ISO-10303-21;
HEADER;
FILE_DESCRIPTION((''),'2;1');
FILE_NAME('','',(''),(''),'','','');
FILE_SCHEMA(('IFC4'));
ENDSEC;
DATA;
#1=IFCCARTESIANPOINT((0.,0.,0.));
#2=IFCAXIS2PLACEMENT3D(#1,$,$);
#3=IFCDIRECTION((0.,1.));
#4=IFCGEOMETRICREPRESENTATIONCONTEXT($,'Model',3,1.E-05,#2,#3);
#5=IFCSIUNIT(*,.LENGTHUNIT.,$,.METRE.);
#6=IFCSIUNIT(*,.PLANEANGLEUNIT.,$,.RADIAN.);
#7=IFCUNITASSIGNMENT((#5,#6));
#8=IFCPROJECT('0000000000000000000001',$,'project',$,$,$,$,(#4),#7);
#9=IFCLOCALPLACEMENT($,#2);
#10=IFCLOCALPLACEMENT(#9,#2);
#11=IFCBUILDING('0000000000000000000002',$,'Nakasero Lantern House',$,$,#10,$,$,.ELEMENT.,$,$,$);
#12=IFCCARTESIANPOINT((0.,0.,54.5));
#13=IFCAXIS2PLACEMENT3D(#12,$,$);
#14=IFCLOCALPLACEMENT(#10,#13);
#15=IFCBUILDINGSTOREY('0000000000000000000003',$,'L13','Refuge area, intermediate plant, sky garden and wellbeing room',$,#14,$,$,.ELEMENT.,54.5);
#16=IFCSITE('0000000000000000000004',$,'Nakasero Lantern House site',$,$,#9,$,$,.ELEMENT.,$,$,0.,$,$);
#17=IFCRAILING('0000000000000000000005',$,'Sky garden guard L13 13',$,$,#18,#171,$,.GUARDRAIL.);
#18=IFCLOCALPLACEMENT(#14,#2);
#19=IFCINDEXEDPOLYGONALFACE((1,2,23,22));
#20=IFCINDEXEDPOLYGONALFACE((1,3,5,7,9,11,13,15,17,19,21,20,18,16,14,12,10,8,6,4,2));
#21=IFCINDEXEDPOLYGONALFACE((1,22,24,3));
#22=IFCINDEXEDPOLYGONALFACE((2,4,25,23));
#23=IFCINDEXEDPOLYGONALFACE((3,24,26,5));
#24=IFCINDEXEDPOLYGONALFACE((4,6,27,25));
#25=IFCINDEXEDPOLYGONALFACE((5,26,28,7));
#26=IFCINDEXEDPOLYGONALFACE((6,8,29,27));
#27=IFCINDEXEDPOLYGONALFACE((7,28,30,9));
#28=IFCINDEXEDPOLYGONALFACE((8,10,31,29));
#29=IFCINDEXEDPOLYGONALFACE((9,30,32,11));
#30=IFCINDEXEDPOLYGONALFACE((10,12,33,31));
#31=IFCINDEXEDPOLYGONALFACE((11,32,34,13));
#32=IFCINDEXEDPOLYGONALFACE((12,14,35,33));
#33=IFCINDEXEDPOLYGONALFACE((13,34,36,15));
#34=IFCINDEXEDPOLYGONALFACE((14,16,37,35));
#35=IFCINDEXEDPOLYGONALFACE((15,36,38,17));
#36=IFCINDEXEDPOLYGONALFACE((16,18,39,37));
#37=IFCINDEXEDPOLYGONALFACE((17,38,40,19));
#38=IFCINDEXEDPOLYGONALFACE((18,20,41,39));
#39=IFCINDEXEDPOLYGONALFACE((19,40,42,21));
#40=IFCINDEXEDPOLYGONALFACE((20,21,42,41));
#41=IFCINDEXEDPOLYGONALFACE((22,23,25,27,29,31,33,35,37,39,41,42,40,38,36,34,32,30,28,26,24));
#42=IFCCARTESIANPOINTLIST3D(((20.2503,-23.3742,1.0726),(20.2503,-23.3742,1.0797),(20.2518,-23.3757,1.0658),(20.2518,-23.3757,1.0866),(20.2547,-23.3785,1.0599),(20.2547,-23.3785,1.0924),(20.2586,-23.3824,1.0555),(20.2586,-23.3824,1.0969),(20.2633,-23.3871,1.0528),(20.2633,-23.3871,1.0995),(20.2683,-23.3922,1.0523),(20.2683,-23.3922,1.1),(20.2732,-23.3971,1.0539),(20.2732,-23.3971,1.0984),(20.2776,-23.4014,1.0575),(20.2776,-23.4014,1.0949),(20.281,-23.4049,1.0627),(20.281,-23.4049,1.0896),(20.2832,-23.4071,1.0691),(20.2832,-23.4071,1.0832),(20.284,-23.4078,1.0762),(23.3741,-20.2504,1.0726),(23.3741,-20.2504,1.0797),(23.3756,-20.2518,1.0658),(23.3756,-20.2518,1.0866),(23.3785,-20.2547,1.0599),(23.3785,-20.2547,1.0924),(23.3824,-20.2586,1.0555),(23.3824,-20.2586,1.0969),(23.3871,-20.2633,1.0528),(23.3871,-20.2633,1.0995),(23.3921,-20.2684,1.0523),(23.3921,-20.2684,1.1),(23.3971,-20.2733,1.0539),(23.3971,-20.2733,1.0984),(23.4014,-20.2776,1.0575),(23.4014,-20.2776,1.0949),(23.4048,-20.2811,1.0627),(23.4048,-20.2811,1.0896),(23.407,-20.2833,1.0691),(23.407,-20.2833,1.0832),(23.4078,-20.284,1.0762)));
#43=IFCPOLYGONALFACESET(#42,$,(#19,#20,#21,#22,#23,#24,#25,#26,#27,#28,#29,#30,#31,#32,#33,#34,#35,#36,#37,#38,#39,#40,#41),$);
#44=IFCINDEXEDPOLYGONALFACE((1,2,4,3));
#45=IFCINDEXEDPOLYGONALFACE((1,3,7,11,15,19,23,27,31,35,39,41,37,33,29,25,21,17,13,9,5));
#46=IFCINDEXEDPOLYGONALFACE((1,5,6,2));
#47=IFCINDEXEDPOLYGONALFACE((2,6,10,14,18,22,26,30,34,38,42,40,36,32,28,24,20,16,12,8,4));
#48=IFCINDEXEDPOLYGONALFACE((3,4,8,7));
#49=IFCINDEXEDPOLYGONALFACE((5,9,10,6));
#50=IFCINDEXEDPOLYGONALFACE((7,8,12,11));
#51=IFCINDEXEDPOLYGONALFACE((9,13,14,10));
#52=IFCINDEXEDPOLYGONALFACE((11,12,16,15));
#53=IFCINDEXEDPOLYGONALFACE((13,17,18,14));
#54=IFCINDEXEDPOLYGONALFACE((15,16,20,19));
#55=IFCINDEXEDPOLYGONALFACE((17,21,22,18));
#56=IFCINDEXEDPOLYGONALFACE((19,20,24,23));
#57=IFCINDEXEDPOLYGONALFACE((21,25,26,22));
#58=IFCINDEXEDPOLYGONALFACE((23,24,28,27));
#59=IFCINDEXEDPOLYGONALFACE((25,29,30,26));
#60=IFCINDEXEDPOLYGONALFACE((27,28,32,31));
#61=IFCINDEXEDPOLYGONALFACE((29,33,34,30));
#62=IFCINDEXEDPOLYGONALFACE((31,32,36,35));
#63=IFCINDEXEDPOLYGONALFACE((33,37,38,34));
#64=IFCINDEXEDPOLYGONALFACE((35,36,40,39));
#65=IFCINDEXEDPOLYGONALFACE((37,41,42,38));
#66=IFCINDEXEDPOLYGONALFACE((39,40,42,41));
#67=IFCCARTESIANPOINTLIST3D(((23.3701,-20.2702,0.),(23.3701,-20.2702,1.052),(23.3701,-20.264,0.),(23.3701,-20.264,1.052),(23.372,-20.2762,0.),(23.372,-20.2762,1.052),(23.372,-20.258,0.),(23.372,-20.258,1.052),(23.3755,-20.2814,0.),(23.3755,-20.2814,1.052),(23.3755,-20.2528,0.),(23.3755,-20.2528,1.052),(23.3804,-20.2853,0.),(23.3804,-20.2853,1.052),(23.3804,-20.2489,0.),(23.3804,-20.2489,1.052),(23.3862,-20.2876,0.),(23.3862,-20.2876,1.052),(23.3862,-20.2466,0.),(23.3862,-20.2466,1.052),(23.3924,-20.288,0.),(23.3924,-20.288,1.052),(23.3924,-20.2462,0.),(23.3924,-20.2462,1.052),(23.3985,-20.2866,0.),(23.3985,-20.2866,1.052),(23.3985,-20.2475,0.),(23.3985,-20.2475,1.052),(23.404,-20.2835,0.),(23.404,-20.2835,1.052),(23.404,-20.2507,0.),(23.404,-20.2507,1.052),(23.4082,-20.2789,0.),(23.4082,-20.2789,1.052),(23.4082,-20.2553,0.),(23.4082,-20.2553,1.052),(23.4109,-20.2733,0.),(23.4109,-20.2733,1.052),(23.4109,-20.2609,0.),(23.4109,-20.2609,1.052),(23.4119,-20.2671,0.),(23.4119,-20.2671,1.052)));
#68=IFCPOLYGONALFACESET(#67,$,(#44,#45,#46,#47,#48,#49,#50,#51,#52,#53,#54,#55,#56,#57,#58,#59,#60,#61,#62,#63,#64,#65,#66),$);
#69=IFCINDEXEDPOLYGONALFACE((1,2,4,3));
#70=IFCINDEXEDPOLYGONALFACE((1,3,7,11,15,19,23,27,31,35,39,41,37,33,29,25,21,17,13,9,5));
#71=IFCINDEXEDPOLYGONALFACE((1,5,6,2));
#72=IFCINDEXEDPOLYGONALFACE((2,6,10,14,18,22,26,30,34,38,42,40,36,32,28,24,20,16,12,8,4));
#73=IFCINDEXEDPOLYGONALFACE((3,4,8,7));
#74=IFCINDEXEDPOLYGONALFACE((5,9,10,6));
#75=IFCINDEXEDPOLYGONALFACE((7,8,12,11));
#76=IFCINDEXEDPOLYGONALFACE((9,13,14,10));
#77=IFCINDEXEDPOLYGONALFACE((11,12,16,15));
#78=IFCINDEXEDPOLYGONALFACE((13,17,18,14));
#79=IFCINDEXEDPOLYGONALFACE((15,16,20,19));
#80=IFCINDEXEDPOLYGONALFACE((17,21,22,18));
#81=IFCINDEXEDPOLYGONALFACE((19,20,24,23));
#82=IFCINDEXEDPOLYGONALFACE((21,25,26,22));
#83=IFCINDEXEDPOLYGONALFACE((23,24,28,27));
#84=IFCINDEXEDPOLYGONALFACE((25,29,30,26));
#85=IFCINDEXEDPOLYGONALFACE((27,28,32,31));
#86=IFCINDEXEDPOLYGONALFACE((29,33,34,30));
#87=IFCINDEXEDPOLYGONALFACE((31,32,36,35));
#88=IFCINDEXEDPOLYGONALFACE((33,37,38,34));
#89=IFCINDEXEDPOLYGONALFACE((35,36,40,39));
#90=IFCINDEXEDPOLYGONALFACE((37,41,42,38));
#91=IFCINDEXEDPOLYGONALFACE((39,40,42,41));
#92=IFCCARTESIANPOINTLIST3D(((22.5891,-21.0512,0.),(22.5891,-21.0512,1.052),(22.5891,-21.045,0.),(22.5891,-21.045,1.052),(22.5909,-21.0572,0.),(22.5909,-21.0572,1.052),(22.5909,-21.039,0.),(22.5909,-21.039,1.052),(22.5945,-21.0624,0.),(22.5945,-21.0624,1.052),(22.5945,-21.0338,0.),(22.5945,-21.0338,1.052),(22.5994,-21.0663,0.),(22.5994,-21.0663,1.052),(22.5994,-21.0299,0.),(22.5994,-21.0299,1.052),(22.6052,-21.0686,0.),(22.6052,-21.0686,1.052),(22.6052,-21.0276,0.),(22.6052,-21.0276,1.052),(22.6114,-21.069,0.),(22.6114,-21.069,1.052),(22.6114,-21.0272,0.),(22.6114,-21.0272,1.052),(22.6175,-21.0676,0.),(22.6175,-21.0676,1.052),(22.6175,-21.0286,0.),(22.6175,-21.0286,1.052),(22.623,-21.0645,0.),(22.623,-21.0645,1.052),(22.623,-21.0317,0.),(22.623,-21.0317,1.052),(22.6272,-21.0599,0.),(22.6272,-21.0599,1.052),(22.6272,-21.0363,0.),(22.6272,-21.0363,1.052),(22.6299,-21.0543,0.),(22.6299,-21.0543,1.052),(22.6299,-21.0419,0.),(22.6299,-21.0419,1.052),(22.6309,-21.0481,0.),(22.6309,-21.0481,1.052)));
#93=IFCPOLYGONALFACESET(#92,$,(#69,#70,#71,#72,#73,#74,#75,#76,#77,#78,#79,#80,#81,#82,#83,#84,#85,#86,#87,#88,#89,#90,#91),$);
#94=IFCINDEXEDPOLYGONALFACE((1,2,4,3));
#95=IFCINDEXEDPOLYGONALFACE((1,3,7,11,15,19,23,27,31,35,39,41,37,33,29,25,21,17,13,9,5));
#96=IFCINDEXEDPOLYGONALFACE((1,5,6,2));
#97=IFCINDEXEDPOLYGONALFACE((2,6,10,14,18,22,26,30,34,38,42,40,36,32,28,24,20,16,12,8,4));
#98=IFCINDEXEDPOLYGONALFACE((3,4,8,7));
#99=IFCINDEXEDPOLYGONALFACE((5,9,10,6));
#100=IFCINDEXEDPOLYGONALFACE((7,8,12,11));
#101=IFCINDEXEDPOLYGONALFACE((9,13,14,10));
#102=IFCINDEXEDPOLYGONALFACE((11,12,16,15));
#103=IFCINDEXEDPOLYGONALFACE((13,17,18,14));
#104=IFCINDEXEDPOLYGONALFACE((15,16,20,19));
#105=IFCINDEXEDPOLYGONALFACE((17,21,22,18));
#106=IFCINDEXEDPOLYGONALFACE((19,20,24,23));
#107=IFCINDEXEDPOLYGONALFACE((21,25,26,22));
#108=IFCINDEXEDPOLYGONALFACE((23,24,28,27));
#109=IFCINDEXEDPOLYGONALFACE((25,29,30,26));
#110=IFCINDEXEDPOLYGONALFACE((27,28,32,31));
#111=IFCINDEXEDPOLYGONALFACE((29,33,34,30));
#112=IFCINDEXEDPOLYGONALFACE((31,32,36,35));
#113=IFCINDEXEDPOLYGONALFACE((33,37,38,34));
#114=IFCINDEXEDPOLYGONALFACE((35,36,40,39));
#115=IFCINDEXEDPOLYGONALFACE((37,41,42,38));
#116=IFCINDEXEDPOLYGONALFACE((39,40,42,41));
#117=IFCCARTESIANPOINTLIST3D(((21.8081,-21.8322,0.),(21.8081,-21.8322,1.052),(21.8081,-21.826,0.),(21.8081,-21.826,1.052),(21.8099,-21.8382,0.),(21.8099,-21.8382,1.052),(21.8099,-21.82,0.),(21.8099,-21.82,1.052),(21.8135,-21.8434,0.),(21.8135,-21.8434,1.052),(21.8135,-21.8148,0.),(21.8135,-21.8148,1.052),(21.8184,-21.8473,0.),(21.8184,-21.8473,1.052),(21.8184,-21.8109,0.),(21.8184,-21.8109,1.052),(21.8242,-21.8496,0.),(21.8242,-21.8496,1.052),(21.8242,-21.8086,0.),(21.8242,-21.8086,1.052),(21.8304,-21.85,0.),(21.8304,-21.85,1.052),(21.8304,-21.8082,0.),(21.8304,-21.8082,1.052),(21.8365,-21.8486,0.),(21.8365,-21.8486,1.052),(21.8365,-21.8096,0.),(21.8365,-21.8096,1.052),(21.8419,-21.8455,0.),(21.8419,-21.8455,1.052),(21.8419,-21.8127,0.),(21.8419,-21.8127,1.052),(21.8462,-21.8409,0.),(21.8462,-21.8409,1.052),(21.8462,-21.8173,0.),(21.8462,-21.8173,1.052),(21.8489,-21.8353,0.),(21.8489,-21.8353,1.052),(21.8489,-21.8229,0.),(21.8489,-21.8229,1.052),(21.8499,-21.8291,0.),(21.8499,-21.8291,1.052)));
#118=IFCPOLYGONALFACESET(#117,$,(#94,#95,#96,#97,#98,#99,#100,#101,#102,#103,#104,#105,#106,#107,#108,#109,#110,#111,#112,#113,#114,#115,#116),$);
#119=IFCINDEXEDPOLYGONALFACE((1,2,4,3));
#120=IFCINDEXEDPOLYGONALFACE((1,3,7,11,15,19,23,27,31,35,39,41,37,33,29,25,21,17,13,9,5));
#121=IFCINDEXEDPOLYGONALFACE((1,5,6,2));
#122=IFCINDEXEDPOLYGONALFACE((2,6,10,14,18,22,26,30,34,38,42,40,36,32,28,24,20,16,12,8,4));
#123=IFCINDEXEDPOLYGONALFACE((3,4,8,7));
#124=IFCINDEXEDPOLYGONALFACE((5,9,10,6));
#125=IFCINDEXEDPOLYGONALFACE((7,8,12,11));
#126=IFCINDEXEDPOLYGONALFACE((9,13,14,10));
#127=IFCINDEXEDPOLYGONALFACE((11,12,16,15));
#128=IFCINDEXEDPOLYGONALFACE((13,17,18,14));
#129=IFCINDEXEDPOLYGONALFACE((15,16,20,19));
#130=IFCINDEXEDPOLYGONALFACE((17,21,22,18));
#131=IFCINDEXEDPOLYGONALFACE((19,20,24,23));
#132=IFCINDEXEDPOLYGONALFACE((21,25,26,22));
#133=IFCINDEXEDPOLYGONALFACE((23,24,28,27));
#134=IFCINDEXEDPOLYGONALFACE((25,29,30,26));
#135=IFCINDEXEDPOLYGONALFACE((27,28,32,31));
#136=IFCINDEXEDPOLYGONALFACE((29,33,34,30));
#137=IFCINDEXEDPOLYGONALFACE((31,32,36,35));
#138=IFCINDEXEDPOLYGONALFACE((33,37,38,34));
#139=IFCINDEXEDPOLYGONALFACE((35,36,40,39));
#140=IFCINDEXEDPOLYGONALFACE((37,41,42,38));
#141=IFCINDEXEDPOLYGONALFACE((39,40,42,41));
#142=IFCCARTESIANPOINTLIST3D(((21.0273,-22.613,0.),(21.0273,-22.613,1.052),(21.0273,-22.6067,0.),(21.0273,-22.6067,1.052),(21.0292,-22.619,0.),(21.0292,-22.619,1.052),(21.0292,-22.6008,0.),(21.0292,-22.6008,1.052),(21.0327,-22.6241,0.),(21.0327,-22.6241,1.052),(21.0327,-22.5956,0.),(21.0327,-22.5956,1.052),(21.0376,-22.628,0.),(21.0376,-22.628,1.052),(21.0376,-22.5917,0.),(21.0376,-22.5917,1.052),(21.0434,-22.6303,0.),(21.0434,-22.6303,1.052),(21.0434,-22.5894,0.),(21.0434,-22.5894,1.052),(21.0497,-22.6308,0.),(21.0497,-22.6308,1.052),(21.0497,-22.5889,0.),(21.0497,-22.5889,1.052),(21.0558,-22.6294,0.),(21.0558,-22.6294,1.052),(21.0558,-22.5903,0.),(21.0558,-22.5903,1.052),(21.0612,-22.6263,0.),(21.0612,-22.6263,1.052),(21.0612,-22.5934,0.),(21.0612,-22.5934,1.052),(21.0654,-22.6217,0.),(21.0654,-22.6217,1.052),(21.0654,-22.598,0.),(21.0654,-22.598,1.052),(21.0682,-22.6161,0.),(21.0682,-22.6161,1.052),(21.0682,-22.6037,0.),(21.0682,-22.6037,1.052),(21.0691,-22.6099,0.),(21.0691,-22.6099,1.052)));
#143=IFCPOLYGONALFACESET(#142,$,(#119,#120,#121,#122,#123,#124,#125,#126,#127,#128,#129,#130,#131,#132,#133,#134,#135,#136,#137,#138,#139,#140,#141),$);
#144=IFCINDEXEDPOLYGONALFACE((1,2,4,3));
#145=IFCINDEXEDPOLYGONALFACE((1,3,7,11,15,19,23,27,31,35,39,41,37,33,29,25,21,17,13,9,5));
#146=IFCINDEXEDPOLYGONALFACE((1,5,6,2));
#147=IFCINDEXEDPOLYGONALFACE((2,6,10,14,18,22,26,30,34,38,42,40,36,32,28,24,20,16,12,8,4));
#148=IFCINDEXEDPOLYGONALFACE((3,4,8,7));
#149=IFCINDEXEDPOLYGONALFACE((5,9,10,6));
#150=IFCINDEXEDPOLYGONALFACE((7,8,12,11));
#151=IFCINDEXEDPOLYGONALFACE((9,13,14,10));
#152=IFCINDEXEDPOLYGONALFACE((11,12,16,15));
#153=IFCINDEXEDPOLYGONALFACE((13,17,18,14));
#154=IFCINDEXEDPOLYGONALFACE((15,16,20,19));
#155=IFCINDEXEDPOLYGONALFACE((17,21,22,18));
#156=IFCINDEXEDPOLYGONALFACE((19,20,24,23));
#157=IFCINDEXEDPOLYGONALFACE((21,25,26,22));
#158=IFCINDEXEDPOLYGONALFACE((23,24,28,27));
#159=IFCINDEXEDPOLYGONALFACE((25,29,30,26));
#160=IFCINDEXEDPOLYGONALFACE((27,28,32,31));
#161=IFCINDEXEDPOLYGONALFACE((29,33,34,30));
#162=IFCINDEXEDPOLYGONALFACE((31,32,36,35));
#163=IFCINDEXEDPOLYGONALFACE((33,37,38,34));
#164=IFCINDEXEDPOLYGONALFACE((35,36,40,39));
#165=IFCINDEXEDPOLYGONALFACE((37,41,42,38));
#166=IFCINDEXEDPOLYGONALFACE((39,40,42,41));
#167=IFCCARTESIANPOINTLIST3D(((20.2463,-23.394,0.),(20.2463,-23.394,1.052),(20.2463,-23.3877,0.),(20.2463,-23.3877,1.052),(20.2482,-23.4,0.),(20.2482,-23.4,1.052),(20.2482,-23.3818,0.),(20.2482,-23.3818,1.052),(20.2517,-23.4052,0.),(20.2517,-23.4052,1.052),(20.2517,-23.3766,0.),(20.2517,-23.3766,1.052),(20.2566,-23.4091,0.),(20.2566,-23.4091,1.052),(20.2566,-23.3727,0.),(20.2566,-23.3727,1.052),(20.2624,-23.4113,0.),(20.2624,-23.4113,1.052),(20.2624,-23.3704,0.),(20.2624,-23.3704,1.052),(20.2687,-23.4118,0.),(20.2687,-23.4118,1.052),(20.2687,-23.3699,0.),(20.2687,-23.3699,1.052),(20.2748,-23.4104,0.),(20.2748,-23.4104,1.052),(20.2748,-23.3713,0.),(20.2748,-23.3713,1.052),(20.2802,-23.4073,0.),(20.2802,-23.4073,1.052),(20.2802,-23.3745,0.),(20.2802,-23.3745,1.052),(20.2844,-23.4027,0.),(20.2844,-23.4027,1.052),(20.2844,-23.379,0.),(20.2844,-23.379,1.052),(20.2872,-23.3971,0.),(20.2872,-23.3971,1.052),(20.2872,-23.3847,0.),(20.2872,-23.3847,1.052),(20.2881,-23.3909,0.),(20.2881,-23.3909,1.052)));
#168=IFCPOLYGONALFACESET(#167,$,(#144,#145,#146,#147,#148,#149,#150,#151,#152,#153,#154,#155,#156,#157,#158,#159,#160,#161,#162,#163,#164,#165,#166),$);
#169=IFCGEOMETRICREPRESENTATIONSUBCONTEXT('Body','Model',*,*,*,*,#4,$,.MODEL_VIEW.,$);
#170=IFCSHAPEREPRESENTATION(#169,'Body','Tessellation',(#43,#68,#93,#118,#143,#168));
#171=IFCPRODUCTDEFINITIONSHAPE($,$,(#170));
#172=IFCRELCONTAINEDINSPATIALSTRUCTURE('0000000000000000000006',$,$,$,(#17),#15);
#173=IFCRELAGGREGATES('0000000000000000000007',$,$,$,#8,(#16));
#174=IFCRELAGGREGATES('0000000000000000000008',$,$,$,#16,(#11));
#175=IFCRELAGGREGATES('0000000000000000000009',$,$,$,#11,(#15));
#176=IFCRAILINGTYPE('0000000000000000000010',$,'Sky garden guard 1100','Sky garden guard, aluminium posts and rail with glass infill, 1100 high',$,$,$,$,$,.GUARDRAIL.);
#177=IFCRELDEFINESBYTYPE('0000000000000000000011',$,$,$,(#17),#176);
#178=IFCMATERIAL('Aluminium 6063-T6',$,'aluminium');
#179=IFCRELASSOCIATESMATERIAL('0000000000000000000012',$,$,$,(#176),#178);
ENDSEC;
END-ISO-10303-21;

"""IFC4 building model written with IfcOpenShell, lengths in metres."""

from ifc_helpers import new_model, si_unit, direction, frame, origin, origin_2d, place, context, subcontext, project, spatial, circle, extrude, material, type_object, element, save


model = new_model("IFC4")

# Units and contexts
model_context = context("Model", 3, precision=1e-05, world=origin(), true_north=direction((0.0, 1.0)))
body_context = subcontext(model_context, "Body", "Model", "MODEL_VIEW")
ifc_project = project(units=[si_unit("LENGTHUNIT", "METRE"), si_unit("PLANEANGLEUNIT", "RADIAN")], contexts=[model_context])

# Site, building, storey
site_placement = place(None, origin())
site = spatial("IfcSite", under=ifc_project, at=site_placement, Name="Nakasero Lantern House site", CompositionType="ELEMENT", RefElevation=0.0)
building_placement = place(site_placement, origin())
building = spatial("IfcBuilding", under=site, at=building_placement, Name="Nakasero Lantern House", CompositionType="ELEMENT")
storey_placement = place(building_placement, frame((0.0, 0.0, 54.5)))
storey = spatial("IfcBuildingStorey", under=building, at=storey_placement, Name="L13", Description="Refuge area, intermediate plant, sky garden and wellbeing room", CompositionType="ELEMENT", Elevation=54.5)

# Railing
ifc_material_1 = material(Name="Aluminium 6063-T6", Category="aluminium")
railing_type = type_object("IfcRailingType", Name="Sky garden guard 1100", Description="Sky garden guard, aluminium posts and rail with glass infill, 1100 high", PredefinedType="GUARDRAIL", material=ifc_material_1)
railing_1_placement = place(storey_placement, frame((23.3909, -20.2671, 0.0)))
element("IfcRailing", 1, at=railing_1_placement, inside=storey, type_object=railing_type, Name="Sky garden guard L13 13", PredefinedType="GUARDRAIL", context=body_context, shape_type="SweptSolid", body=[
    extrude(circle(Radius=0.0239, at=origin_2d()), frame((0.0, 0.0, 1.0762), z_axis=(-0.707107, -0.707107, 0.0), x_axis=(0.707107, -0.707107, 0.0)), (0.0, 0.0, 1.0), 4.4177),
    extrude(circle(Radius=0.021, at=origin_2d()), origin(), (0.0, 0.0, 1.0), 1.052),
    extrude(circle(Radius=0.021, at=origin_2d()), frame((-0.781, -0.781, 0.0)), (0.0, 0.0, 1.0), 1.052),
    extrude(circle(Radius=0.021, at=origin_2d()), frame((-1.562, -1.562, 0.0)), (0.0, 0.0, 1.0), 1.052),
    extrude(circle(Radius=0.021, at=origin_2d()), frame((-2.3428, -2.3428, 0.0)), (0.0, 0.0, 1.0), 1.052),
    extrude(circle(Radius=0.021, at=origin_2d()), frame((-3.1238, -3.1238, 0.0)), (0.0, 0.0, 1.0), 1.052),
])

save(model, "model.ifc")
